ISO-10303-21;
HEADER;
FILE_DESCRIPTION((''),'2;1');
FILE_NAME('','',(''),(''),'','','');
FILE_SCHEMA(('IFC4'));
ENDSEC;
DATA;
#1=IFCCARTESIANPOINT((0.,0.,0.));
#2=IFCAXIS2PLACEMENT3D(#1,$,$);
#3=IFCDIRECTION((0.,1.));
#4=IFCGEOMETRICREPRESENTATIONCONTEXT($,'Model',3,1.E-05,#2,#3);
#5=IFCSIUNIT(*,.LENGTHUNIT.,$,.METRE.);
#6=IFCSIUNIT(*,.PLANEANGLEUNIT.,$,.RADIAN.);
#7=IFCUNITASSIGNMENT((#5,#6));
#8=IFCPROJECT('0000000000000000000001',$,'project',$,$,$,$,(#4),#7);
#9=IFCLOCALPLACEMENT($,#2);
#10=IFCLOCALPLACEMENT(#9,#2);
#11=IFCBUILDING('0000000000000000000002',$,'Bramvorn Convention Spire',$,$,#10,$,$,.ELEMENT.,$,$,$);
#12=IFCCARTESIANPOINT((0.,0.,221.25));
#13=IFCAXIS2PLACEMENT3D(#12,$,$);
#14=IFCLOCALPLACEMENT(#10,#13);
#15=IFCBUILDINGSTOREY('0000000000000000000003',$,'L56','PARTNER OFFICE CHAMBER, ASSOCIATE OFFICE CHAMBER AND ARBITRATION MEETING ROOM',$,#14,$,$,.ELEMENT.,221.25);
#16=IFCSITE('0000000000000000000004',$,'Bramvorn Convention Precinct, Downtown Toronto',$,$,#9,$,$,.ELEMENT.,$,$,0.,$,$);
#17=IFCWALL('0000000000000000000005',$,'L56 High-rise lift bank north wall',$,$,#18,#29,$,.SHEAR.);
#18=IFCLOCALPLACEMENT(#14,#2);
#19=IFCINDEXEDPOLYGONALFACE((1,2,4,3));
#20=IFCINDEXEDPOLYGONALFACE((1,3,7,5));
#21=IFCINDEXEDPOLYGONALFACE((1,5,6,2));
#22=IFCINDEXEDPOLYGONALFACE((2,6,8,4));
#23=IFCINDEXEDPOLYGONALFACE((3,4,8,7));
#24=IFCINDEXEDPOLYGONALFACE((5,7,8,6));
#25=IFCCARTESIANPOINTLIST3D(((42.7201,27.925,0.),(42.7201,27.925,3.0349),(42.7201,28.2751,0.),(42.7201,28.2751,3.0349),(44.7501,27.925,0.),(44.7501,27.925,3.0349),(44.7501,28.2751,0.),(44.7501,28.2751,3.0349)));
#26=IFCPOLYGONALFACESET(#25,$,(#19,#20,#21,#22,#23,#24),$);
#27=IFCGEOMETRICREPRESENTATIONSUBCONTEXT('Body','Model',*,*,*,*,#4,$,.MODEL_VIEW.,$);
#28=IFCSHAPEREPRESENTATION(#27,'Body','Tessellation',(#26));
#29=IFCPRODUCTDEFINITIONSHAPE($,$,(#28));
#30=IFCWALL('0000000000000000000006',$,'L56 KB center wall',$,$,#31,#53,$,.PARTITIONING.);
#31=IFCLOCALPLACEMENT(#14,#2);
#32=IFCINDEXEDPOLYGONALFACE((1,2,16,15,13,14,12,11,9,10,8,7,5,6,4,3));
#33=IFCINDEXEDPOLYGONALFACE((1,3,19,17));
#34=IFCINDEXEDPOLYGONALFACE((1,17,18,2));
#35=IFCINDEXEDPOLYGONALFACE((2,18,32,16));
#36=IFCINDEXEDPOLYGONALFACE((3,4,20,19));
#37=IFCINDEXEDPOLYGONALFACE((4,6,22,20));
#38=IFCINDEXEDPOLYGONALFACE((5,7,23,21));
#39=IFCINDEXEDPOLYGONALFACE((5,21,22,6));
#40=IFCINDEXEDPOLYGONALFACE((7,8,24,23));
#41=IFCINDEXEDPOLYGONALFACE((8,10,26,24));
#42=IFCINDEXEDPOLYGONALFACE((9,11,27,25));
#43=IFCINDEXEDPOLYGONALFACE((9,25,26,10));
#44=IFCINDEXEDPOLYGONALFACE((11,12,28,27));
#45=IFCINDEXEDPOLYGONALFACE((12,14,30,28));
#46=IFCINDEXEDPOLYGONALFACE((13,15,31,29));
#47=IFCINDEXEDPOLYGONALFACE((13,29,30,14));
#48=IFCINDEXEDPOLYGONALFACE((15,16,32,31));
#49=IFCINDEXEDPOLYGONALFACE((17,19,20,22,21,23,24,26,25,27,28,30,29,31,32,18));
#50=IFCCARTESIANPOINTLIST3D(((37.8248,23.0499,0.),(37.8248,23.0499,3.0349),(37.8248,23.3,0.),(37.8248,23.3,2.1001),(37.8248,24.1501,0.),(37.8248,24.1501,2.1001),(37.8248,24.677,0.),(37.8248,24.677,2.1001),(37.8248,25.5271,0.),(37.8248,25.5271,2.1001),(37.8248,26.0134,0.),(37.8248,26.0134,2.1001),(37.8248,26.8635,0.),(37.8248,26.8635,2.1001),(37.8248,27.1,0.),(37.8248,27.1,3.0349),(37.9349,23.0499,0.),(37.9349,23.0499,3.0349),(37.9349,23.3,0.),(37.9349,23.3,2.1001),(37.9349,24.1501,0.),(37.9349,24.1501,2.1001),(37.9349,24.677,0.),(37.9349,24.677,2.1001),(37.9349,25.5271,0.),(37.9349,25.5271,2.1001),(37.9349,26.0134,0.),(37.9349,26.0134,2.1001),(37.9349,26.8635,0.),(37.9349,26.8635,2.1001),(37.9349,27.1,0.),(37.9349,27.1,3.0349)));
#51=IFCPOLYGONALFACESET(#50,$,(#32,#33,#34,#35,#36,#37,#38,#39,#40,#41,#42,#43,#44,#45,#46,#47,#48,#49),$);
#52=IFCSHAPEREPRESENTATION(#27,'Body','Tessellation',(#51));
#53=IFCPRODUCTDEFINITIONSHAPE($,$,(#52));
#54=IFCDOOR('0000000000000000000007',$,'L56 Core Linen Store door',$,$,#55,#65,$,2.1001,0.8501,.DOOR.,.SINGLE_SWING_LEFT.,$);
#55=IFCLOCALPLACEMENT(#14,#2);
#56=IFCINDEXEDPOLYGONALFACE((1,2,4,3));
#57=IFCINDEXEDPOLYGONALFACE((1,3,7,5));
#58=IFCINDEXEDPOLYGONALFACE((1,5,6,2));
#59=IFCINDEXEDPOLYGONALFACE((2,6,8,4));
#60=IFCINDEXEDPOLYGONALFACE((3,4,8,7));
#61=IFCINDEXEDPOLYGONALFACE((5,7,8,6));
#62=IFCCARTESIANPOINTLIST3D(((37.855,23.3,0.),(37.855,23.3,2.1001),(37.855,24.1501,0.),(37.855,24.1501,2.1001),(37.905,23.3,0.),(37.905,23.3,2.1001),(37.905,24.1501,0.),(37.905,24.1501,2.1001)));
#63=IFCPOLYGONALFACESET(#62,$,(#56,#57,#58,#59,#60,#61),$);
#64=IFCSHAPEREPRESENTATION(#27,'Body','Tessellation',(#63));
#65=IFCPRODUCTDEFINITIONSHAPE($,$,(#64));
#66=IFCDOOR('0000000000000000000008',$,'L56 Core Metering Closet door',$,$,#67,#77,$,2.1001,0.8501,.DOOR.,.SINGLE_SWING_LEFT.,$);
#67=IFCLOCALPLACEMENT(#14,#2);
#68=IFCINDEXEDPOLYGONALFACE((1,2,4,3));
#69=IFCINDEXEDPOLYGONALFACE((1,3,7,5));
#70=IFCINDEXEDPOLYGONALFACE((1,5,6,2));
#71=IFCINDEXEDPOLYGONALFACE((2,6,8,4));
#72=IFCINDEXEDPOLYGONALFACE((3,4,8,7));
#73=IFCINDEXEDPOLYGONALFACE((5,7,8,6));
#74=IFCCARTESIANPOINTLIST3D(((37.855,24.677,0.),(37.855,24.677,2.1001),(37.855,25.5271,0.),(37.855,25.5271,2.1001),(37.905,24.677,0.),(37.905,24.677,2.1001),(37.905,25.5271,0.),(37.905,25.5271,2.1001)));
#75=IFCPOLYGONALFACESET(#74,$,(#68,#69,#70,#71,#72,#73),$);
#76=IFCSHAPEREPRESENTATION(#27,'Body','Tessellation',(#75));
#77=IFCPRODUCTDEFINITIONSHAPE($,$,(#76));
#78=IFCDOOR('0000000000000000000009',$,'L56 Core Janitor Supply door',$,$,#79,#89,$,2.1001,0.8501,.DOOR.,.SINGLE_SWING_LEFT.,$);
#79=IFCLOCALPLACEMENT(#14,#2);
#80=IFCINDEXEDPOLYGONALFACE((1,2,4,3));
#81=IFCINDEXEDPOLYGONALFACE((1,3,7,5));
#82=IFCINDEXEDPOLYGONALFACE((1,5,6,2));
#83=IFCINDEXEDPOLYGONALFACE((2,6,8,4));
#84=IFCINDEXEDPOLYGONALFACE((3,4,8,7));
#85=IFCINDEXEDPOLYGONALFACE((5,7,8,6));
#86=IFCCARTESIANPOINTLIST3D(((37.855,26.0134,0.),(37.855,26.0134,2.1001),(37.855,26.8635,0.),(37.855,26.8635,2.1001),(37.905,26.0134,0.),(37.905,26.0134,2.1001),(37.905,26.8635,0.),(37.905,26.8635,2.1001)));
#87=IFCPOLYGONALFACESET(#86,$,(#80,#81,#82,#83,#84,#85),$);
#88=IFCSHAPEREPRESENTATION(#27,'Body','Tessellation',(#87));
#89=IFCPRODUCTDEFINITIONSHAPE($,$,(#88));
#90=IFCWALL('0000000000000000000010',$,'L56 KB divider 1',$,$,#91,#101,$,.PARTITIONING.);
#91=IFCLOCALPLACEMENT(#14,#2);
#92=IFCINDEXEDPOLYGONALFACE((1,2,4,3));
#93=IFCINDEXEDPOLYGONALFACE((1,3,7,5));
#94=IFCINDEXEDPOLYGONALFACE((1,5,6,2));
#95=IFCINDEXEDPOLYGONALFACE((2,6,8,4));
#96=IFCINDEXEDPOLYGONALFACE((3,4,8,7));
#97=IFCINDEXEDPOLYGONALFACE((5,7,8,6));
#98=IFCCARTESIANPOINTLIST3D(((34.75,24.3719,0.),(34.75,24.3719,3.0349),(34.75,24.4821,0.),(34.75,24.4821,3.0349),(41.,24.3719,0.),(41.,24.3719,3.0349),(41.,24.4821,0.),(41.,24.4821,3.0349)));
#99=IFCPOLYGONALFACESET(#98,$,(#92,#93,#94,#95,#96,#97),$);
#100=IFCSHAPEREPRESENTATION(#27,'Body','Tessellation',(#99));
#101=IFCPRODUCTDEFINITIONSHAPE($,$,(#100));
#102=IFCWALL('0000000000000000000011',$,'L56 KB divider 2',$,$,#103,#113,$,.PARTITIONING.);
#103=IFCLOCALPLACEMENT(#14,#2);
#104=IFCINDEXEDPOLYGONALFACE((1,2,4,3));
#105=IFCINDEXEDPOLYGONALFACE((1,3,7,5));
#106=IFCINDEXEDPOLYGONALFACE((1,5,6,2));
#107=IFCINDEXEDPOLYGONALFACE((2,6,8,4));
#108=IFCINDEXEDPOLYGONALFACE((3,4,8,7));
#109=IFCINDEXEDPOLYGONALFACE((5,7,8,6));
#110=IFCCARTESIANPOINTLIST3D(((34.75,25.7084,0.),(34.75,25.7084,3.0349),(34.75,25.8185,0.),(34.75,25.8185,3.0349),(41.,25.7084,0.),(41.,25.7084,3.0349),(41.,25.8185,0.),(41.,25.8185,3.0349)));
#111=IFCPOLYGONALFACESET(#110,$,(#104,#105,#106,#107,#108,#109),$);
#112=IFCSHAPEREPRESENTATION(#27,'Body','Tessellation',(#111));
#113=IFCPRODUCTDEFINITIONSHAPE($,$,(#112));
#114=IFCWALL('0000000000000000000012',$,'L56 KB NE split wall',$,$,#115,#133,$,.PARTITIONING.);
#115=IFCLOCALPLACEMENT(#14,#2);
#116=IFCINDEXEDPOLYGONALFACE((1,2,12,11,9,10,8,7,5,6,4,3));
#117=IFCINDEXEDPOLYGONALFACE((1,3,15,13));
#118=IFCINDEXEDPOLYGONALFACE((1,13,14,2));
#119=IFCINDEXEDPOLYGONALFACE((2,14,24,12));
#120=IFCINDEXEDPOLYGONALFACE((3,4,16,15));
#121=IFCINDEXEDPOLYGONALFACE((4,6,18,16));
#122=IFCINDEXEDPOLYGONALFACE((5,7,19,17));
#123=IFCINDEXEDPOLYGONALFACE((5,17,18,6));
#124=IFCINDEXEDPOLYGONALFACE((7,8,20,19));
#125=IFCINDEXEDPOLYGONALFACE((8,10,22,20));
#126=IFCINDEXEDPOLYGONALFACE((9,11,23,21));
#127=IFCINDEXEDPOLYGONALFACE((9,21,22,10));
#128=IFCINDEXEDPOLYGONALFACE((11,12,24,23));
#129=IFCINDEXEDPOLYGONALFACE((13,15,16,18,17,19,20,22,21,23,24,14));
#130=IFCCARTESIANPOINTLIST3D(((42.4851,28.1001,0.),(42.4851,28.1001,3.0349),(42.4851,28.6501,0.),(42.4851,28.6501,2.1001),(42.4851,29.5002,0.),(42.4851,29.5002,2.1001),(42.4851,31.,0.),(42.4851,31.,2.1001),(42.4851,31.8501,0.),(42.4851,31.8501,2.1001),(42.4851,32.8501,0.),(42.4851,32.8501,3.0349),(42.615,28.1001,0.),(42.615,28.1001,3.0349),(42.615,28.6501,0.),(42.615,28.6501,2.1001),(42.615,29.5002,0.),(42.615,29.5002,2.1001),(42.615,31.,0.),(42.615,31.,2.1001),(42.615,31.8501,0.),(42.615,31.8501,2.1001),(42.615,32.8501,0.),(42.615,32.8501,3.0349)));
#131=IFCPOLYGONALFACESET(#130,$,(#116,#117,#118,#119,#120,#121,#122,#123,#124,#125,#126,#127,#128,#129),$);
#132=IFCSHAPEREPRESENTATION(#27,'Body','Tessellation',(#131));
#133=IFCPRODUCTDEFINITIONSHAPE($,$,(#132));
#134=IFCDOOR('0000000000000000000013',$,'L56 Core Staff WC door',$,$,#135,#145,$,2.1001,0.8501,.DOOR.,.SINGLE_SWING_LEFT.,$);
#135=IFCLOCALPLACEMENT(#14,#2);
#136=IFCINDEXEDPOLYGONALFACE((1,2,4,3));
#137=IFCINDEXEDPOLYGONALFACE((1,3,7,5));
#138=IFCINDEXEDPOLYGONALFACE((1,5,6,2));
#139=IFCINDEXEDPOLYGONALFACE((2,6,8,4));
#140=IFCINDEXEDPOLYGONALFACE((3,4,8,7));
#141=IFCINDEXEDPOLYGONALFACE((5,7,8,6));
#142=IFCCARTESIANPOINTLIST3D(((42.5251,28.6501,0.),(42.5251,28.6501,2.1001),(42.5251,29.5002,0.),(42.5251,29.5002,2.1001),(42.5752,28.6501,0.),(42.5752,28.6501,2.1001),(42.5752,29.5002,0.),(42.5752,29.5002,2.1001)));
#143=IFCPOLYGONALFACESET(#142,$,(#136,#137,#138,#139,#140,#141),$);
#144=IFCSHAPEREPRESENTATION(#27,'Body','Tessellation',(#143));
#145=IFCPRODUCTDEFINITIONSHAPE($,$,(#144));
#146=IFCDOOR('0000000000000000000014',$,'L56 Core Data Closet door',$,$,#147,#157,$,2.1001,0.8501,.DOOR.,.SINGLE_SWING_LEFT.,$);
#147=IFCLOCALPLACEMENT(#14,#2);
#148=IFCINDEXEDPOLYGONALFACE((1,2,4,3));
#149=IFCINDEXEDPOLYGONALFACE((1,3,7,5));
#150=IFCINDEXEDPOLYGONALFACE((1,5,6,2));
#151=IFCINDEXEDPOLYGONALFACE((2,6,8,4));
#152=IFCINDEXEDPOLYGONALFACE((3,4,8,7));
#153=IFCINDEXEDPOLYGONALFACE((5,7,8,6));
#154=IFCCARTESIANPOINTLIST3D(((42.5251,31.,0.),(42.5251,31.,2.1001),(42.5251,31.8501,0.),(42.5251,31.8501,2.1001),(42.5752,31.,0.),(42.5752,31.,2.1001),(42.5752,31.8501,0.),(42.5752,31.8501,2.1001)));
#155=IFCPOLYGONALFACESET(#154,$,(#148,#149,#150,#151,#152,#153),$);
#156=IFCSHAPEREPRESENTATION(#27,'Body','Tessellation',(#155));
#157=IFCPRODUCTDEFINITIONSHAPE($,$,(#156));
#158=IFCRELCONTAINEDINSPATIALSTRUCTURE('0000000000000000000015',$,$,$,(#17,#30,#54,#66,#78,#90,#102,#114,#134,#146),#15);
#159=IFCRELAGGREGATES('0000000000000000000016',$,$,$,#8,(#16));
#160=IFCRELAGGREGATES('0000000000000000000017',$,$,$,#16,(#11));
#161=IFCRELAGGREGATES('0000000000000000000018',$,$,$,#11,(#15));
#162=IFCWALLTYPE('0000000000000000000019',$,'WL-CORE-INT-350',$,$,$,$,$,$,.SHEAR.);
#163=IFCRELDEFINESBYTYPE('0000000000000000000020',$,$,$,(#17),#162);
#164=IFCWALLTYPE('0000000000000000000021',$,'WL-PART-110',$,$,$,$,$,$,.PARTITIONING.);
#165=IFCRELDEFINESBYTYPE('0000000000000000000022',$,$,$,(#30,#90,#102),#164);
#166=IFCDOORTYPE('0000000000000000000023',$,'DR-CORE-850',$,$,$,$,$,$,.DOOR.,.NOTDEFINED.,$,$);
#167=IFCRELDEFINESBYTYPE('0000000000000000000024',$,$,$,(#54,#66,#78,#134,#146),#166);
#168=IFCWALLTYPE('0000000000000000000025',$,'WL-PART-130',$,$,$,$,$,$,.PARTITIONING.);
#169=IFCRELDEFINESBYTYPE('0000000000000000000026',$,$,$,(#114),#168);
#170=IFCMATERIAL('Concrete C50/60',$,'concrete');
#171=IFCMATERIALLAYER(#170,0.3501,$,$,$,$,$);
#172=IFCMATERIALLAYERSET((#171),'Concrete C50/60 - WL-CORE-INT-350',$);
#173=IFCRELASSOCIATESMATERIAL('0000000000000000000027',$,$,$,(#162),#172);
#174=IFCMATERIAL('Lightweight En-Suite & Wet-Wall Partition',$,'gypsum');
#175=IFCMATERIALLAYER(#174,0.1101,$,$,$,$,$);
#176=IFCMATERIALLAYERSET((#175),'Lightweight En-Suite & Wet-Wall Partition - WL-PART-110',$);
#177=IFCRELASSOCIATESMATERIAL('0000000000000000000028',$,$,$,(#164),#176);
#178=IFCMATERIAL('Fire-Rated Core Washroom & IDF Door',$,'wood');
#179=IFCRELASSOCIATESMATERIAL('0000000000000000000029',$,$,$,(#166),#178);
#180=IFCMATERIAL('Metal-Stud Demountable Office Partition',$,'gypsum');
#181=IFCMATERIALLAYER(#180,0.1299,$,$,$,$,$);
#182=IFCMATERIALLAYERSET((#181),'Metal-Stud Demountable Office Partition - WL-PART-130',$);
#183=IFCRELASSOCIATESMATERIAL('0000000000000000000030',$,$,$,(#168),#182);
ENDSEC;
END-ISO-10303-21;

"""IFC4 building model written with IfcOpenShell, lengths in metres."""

from ifc_helpers import new_model, si_unit, direction, frame, frame_2d, origin, place, context, subcontext, project, spatial, rectangle, extrude, material, layer, layer_set, type_object, element, fill, save


model = new_model("IFC4")

# Units and contexts
model_context = context("Model", 3, precision=1e-05, world=origin(), true_north=direction((0.0, 1.0)))
body_context = subcontext(model_context, "Body", "Model", "MODEL_VIEW")
ifc_project = project(units=[si_unit("LENGTHUNIT", "METRE"), si_unit("PLANEANGLEUNIT", "RADIAN")], contexts=[model_context])

# Site, building, storey
site_placement = place(None, origin())
site = spatial("IfcSite", under=ifc_project, at=site_placement, Name="Bramvorn Convention Precinct, Downtown Toronto", CompositionType="ELEMENT", RefElevation=0.0)
building_placement = place(site_placement, origin())
building = spatial("IfcBuilding", under=site, at=building_placement, Name="Bramvorn Convention Spire", CompositionType="ELEMENT")
storey_placement = place(building_placement, frame((0.0, 0.0, 221.25)))
storey = spatial("IfcBuildingStorey", under=building, at=storey_placement, Name="L56", Description="PARTNER OFFICE CHAMBER, ASSOCIATE OFFICE CHAMBER AND ARBITRATION MEETING ROOM", CompositionType="ELEMENT", Elevation=221.25)

# Wall
ifc_material_1 = material(Name="Concrete C50/60", Category="concrete")
ifc_layer_1 = layer(ifc_material_1, 0.3501)
ifc_layer_set_1 = layer_set([ifc_layer_1], Name="Concrete C50/60 - WL-CORE-INT-350")
wall_type_1 = type_object("IfcWallType", Name="WL-CORE-INT-350", PredefinedType="SHEAR", material=ifc_layer_set_1)
wall_1_placement = place(storey_placement, frame((42.72, 28.1001, 0.0), z_axis=(0.0, 0.0, 1.0), x_axis=(1.0, 0.0, 0.0)))
element("IfcWall", 1, at=wall_1_placement, inside=storey, type_object=wall_type_1, Name="L56 High-rise lift bank north wall", PredefinedType="SHEAR", context=body_context, shape_type="SweptSolid", body=[
    extrude(rectangle(XDim=2.03, YDim=0.3501, at=frame_2d((1.0151, 0.0))), origin(), (0.0, 0.0, 1.0), 3.0349),
])

# Wall, openings, doors
ifc_material_2 = material(Name="Lightweight En-Suite & Wet-Wall Partition", Category="gypsum")
ifc_layer_2 = layer(ifc_material_2, 0.1101)
ifc_layer_set_2 = layer_set([ifc_layer_2], Name="Lightweight En-Suite & Wet-Wall Partition - WL-PART-110")
wall_type_2 = type_object("IfcWallType", Name="WL-PART-110", PredefinedType="PARTITIONING", material=ifc_layer_set_2)
wall_2_placement = place(storey_placement, frame((37.8799, 23.05, 0.0), z_axis=(0.0, 0.0, 1.0), x_axis=(0.0, 1.0, 0.0)))
wall_2 = element("IfcWall", 2, at=wall_2_placement, inside=storey, type_object=wall_type_2, Name="L56 KB center wall", PredefinedType="PARTITIONING", context=body_context, shape_type="SweptSolid", body=[
    extrude(rectangle(XDim=4.05, YDim=0.1101, at=frame_2d((2.0249, 0.0))), origin(), (0.0, 0.0, 1.0), 3.0349),
])
opening_1_placement = place(wall_2_placement, frame((0.25, 0.0, 0.0)))
opening_1 = element("IfcOpeningElement", 3, at=opening_1_placement, cuts=wall_2, PredefinedType="OPENING", context=body_context, shape_type="SweptSolid", body=[
    extrude(rectangle(XDim=0.8501, YDim=2.1001, at=frame_2d((0.425, 1.05))), frame((0.0, 0.0649, 0.0), z_axis=(0.0, -1.0, 0.0), x_axis=(1.0, 0.0, 0.0)), (0.0, 0.0, 1.0), 0.1301),
])
opening_2_placement = place(wall_2_placement, frame((1.627, 0.0, 0.0)))
opening_2 = element("IfcOpeningElement", 4, at=opening_2_placement, cuts=wall_2, PredefinedType="OPENING", context=body_context, shape_type="SweptSolid", body=[
    extrude(rectangle(XDim=0.8501, YDim=2.1001, at=frame_2d((0.425, 1.05))), frame((0.0, 0.0649, 0.0), z_axis=(0.0, -1.0, 0.0), x_axis=(1.0, 0.0, 0.0)), (0.0, 0.0, 1.0), 0.1301),
])
opening_3_placement = place(wall_2_placement, frame((2.9634, 0.0, 0.0)))
opening_3 = element("IfcOpeningElement", 5, at=opening_3_placement, cuts=wall_2, PredefinedType="OPENING", context=body_context, shape_type="SweptSolid", body=[
    extrude(rectangle(XDim=0.8501, YDim=2.1001, at=frame_2d((0.425, 1.05))), frame((0.0, 0.0649, 0.0), z_axis=(0.0, -1.0, 0.0), x_axis=(1.0, 0.0, 0.0)), (0.0, 0.0, 1.0), 0.1301),
])
ifc_material_3 = material(Name="Fire-Rated Core Washroom & IDF Door", Category="wood")
door_type_1 = type_object("IfcDoorType", Name="DR-CORE-850", OperationType="NOTDEFINED", PredefinedType="DOOR", material=ifc_material_3)
door_1_placement = place(opening_1_placement, origin())
door_1 = element("IfcDoor", 6, at=door_1_placement, inside=storey, type_object=door_type_1, Name="L56 Core Linen Store door", OperationType="SINGLE_SWING_LEFT", OverallHeight=2.1001, OverallWidth=0.8501, PredefinedType="DOOR", context=body_context, shape_type="SweptSolid", body=[
    extrude(rectangle(XDim=0.8501, YDim=2.1001, at=frame_2d((0.425, 1.05))), frame((0.0, 0.0249, 0.0), z_axis=(0.0, -1.0, 0.0), x_axis=(1.0, 0.0, 0.0)), (0.0, 0.0, 1.0), 0.05),
])
fill(opening_1, door_1)
door_2_placement = place(opening_2_placement, origin())
door_2 = element("IfcDoor", 7, at=door_2_placement, inside=storey, type_object=door_type_1, Name="L56 Core Metering Closet door", OperationType="SINGLE_SWING_LEFT", OverallHeight=2.1001, OverallWidth=0.8501, PredefinedType="DOOR", context=body_context, shape_type="SweptSolid", body=[
    extrude(rectangle(XDim=0.8501, YDim=2.1001, at=frame_2d((0.425, 1.05))), frame((0.0, 0.0249, 0.0), z_axis=(0.0, -1.0, 0.0), x_axis=(1.0, 0.0, 0.0)), (0.0, 0.0, 1.0), 0.05),
])
fill(opening_2, door_2)
door_3_placement = place(opening_3_placement, origin())
door_3 = element("IfcDoor", 8, at=door_3_placement, inside=storey, type_object=door_type_1, Name="L56 Core Janitor Supply door", OperationType="SINGLE_SWING_LEFT", OverallHeight=2.1001, OverallWidth=0.8501, PredefinedType="DOOR", context=body_context, shape_type="SweptSolid", body=[
    extrude(rectangle(XDim=0.8501, YDim=2.1001, at=frame_2d((0.425, 1.05))), frame((0.0, 0.0249, 0.0), z_axis=(0.0, -1.0, 0.0), x_axis=(1.0, 0.0, 0.0)), (0.0, 0.0, 1.0), 0.05),
])
fill(opening_3, door_3)

# Walls
for number, where, z_axis, x_axis, name in (
    (9, (34.75, 24.427, 0.0), (0.0, 0.0, 1.0), (1.0, 0.0, 0.0), "L56 KB divider 1"),
    (10, (34.75, 25.7634, 0.0), (0.0, 0.0, 1.0), (1.0, 0.0, 0.0), "L56 KB divider 2"),
):
    element("IfcWall", number, at=place(storey_placement, frame(where, z_axis=z_axis, x_axis=x_axis)), inside=storey, type_object=wall_type_2, Name=name, PredefinedType="PARTITIONING", context=body_context, shape_type="SweptSolid", body=[
        extrude(rectangle(XDim=6.25, YDim=0.1101, at=frame_2d((3.125, 0.0))), origin(), (0.0, 0.0, 1.0), 3.0349),
    ])

# Wall, openings, doors
ifc_material_4 = material(Name="Metal-Stud Demountable Office Partition", Category="gypsum")
ifc_layer_3 = layer(ifc_material_4, 0.1299)
ifc_layer_set_3 = layer_set([ifc_layer_3], Name="Metal-Stud Demountable Office Partition - WL-PART-130")
wall_type_3 = type_object("IfcWallType", Name="WL-PART-130", PredefinedType="PARTITIONING", material=ifc_layer_set_3)
wall_3_placement = place(storey_placement, frame((42.55, 28.1001, 0.0), z_axis=(0.0, 0.0, 1.0), x_axis=(0.0, 1.0, 0.0)))
wall_3 = element("IfcWall", 11, at=wall_3_placement, inside=storey, type_object=wall_type_3, Name="L56 KB NE split wall", PredefinedType="PARTITIONING", context=body_context, shape_type="SweptSolid", body=[
    extrude(rectangle(XDim=4.75, YDim=0.1299, at=frame_2d((2.375, 0.0))), origin(), (0.0, 0.0, 1.0), 3.0349),
])
opening_4_placement = place(wall_3_placement, frame((0.55, 0.0, 0.0)))
opening_4 = element("IfcOpeningElement", 12, at=opening_4_placement, cuts=wall_3, PredefinedType="OPENING", context=body_context, shape_type="SweptSolid", body=[
    extrude(rectangle(XDim=0.8501, YDim=2.1001, at=frame_2d((0.425, 1.05))), frame((0.0, 0.075, 0.0), z_axis=(0.0, -1.0, 0.0), x_axis=(1.0, 0.0, 0.0)), (0.0, 0.0, 1.0), 0.1499),
])
opening_5_placement = place(wall_3_placement, frame((2.8999, 0.0, 0.0)))
opening_5 = element("IfcOpeningElement", 13, at=opening_5_placement, cuts=wall_3, PredefinedType="OPENING", context=body_context, shape_type="SweptSolid", body=[
    extrude(rectangle(XDim=0.8501, YDim=2.1001, at=frame_2d((0.425, 1.05))), frame((0.0, 0.075, 0.0), z_axis=(0.0, -1.0, 0.0), x_axis=(1.0, 0.0, 0.0)), (0.0, 0.0, 1.0), 0.1499),
])
door_4_placement = place(opening_4_placement, origin())
door_4 = element("IfcDoor", 14, at=door_4_placement, inside=storey, type_object=door_type_1, Name="L56 Core Staff WC door", OperationType="SINGLE_SWING_LEFT", OverallHeight=2.1001, OverallWidth=0.8501, PredefinedType="DOOR", context=body_context, shape_type="SweptSolid", body=[
    extrude(rectangle(XDim=0.8501, YDim=2.1001, at=frame_2d((0.425, 1.05))), frame((0.0, 0.0249, 0.0), z_axis=(0.0, -1.0, 0.0), x_axis=(1.0, 0.0, 0.0)), (0.0, 0.0, 1.0), 0.05),
])
fill(opening_4, door_4)
door_5_placement = place(opening_5_placement, origin())
door_5 = element("IfcDoor", 15, at=door_5_placement, inside=storey, type_object=door_type_1, Name="L56 Core Data Closet door", OperationType="SINGLE_SWING_LEFT", OverallHeight=2.1001, OverallWidth=0.8501, PredefinedType="DOOR", context=body_context, shape_type="SweptSolid", body=[
    extrude(rectangle(XDim=0.8501, YDim=2.1001, at=frame_2d((0.425, 1.05))), frame((0.0, 0.0249, 0.0), z_axis=(0.0, -1.0, 0.0), x_axis=(1.0, 0.0, 0.0)), (0.0, 0.0, 1.0), 0.05),
])
fill(opening_5, door_5)

save(model, "model.ifc")
